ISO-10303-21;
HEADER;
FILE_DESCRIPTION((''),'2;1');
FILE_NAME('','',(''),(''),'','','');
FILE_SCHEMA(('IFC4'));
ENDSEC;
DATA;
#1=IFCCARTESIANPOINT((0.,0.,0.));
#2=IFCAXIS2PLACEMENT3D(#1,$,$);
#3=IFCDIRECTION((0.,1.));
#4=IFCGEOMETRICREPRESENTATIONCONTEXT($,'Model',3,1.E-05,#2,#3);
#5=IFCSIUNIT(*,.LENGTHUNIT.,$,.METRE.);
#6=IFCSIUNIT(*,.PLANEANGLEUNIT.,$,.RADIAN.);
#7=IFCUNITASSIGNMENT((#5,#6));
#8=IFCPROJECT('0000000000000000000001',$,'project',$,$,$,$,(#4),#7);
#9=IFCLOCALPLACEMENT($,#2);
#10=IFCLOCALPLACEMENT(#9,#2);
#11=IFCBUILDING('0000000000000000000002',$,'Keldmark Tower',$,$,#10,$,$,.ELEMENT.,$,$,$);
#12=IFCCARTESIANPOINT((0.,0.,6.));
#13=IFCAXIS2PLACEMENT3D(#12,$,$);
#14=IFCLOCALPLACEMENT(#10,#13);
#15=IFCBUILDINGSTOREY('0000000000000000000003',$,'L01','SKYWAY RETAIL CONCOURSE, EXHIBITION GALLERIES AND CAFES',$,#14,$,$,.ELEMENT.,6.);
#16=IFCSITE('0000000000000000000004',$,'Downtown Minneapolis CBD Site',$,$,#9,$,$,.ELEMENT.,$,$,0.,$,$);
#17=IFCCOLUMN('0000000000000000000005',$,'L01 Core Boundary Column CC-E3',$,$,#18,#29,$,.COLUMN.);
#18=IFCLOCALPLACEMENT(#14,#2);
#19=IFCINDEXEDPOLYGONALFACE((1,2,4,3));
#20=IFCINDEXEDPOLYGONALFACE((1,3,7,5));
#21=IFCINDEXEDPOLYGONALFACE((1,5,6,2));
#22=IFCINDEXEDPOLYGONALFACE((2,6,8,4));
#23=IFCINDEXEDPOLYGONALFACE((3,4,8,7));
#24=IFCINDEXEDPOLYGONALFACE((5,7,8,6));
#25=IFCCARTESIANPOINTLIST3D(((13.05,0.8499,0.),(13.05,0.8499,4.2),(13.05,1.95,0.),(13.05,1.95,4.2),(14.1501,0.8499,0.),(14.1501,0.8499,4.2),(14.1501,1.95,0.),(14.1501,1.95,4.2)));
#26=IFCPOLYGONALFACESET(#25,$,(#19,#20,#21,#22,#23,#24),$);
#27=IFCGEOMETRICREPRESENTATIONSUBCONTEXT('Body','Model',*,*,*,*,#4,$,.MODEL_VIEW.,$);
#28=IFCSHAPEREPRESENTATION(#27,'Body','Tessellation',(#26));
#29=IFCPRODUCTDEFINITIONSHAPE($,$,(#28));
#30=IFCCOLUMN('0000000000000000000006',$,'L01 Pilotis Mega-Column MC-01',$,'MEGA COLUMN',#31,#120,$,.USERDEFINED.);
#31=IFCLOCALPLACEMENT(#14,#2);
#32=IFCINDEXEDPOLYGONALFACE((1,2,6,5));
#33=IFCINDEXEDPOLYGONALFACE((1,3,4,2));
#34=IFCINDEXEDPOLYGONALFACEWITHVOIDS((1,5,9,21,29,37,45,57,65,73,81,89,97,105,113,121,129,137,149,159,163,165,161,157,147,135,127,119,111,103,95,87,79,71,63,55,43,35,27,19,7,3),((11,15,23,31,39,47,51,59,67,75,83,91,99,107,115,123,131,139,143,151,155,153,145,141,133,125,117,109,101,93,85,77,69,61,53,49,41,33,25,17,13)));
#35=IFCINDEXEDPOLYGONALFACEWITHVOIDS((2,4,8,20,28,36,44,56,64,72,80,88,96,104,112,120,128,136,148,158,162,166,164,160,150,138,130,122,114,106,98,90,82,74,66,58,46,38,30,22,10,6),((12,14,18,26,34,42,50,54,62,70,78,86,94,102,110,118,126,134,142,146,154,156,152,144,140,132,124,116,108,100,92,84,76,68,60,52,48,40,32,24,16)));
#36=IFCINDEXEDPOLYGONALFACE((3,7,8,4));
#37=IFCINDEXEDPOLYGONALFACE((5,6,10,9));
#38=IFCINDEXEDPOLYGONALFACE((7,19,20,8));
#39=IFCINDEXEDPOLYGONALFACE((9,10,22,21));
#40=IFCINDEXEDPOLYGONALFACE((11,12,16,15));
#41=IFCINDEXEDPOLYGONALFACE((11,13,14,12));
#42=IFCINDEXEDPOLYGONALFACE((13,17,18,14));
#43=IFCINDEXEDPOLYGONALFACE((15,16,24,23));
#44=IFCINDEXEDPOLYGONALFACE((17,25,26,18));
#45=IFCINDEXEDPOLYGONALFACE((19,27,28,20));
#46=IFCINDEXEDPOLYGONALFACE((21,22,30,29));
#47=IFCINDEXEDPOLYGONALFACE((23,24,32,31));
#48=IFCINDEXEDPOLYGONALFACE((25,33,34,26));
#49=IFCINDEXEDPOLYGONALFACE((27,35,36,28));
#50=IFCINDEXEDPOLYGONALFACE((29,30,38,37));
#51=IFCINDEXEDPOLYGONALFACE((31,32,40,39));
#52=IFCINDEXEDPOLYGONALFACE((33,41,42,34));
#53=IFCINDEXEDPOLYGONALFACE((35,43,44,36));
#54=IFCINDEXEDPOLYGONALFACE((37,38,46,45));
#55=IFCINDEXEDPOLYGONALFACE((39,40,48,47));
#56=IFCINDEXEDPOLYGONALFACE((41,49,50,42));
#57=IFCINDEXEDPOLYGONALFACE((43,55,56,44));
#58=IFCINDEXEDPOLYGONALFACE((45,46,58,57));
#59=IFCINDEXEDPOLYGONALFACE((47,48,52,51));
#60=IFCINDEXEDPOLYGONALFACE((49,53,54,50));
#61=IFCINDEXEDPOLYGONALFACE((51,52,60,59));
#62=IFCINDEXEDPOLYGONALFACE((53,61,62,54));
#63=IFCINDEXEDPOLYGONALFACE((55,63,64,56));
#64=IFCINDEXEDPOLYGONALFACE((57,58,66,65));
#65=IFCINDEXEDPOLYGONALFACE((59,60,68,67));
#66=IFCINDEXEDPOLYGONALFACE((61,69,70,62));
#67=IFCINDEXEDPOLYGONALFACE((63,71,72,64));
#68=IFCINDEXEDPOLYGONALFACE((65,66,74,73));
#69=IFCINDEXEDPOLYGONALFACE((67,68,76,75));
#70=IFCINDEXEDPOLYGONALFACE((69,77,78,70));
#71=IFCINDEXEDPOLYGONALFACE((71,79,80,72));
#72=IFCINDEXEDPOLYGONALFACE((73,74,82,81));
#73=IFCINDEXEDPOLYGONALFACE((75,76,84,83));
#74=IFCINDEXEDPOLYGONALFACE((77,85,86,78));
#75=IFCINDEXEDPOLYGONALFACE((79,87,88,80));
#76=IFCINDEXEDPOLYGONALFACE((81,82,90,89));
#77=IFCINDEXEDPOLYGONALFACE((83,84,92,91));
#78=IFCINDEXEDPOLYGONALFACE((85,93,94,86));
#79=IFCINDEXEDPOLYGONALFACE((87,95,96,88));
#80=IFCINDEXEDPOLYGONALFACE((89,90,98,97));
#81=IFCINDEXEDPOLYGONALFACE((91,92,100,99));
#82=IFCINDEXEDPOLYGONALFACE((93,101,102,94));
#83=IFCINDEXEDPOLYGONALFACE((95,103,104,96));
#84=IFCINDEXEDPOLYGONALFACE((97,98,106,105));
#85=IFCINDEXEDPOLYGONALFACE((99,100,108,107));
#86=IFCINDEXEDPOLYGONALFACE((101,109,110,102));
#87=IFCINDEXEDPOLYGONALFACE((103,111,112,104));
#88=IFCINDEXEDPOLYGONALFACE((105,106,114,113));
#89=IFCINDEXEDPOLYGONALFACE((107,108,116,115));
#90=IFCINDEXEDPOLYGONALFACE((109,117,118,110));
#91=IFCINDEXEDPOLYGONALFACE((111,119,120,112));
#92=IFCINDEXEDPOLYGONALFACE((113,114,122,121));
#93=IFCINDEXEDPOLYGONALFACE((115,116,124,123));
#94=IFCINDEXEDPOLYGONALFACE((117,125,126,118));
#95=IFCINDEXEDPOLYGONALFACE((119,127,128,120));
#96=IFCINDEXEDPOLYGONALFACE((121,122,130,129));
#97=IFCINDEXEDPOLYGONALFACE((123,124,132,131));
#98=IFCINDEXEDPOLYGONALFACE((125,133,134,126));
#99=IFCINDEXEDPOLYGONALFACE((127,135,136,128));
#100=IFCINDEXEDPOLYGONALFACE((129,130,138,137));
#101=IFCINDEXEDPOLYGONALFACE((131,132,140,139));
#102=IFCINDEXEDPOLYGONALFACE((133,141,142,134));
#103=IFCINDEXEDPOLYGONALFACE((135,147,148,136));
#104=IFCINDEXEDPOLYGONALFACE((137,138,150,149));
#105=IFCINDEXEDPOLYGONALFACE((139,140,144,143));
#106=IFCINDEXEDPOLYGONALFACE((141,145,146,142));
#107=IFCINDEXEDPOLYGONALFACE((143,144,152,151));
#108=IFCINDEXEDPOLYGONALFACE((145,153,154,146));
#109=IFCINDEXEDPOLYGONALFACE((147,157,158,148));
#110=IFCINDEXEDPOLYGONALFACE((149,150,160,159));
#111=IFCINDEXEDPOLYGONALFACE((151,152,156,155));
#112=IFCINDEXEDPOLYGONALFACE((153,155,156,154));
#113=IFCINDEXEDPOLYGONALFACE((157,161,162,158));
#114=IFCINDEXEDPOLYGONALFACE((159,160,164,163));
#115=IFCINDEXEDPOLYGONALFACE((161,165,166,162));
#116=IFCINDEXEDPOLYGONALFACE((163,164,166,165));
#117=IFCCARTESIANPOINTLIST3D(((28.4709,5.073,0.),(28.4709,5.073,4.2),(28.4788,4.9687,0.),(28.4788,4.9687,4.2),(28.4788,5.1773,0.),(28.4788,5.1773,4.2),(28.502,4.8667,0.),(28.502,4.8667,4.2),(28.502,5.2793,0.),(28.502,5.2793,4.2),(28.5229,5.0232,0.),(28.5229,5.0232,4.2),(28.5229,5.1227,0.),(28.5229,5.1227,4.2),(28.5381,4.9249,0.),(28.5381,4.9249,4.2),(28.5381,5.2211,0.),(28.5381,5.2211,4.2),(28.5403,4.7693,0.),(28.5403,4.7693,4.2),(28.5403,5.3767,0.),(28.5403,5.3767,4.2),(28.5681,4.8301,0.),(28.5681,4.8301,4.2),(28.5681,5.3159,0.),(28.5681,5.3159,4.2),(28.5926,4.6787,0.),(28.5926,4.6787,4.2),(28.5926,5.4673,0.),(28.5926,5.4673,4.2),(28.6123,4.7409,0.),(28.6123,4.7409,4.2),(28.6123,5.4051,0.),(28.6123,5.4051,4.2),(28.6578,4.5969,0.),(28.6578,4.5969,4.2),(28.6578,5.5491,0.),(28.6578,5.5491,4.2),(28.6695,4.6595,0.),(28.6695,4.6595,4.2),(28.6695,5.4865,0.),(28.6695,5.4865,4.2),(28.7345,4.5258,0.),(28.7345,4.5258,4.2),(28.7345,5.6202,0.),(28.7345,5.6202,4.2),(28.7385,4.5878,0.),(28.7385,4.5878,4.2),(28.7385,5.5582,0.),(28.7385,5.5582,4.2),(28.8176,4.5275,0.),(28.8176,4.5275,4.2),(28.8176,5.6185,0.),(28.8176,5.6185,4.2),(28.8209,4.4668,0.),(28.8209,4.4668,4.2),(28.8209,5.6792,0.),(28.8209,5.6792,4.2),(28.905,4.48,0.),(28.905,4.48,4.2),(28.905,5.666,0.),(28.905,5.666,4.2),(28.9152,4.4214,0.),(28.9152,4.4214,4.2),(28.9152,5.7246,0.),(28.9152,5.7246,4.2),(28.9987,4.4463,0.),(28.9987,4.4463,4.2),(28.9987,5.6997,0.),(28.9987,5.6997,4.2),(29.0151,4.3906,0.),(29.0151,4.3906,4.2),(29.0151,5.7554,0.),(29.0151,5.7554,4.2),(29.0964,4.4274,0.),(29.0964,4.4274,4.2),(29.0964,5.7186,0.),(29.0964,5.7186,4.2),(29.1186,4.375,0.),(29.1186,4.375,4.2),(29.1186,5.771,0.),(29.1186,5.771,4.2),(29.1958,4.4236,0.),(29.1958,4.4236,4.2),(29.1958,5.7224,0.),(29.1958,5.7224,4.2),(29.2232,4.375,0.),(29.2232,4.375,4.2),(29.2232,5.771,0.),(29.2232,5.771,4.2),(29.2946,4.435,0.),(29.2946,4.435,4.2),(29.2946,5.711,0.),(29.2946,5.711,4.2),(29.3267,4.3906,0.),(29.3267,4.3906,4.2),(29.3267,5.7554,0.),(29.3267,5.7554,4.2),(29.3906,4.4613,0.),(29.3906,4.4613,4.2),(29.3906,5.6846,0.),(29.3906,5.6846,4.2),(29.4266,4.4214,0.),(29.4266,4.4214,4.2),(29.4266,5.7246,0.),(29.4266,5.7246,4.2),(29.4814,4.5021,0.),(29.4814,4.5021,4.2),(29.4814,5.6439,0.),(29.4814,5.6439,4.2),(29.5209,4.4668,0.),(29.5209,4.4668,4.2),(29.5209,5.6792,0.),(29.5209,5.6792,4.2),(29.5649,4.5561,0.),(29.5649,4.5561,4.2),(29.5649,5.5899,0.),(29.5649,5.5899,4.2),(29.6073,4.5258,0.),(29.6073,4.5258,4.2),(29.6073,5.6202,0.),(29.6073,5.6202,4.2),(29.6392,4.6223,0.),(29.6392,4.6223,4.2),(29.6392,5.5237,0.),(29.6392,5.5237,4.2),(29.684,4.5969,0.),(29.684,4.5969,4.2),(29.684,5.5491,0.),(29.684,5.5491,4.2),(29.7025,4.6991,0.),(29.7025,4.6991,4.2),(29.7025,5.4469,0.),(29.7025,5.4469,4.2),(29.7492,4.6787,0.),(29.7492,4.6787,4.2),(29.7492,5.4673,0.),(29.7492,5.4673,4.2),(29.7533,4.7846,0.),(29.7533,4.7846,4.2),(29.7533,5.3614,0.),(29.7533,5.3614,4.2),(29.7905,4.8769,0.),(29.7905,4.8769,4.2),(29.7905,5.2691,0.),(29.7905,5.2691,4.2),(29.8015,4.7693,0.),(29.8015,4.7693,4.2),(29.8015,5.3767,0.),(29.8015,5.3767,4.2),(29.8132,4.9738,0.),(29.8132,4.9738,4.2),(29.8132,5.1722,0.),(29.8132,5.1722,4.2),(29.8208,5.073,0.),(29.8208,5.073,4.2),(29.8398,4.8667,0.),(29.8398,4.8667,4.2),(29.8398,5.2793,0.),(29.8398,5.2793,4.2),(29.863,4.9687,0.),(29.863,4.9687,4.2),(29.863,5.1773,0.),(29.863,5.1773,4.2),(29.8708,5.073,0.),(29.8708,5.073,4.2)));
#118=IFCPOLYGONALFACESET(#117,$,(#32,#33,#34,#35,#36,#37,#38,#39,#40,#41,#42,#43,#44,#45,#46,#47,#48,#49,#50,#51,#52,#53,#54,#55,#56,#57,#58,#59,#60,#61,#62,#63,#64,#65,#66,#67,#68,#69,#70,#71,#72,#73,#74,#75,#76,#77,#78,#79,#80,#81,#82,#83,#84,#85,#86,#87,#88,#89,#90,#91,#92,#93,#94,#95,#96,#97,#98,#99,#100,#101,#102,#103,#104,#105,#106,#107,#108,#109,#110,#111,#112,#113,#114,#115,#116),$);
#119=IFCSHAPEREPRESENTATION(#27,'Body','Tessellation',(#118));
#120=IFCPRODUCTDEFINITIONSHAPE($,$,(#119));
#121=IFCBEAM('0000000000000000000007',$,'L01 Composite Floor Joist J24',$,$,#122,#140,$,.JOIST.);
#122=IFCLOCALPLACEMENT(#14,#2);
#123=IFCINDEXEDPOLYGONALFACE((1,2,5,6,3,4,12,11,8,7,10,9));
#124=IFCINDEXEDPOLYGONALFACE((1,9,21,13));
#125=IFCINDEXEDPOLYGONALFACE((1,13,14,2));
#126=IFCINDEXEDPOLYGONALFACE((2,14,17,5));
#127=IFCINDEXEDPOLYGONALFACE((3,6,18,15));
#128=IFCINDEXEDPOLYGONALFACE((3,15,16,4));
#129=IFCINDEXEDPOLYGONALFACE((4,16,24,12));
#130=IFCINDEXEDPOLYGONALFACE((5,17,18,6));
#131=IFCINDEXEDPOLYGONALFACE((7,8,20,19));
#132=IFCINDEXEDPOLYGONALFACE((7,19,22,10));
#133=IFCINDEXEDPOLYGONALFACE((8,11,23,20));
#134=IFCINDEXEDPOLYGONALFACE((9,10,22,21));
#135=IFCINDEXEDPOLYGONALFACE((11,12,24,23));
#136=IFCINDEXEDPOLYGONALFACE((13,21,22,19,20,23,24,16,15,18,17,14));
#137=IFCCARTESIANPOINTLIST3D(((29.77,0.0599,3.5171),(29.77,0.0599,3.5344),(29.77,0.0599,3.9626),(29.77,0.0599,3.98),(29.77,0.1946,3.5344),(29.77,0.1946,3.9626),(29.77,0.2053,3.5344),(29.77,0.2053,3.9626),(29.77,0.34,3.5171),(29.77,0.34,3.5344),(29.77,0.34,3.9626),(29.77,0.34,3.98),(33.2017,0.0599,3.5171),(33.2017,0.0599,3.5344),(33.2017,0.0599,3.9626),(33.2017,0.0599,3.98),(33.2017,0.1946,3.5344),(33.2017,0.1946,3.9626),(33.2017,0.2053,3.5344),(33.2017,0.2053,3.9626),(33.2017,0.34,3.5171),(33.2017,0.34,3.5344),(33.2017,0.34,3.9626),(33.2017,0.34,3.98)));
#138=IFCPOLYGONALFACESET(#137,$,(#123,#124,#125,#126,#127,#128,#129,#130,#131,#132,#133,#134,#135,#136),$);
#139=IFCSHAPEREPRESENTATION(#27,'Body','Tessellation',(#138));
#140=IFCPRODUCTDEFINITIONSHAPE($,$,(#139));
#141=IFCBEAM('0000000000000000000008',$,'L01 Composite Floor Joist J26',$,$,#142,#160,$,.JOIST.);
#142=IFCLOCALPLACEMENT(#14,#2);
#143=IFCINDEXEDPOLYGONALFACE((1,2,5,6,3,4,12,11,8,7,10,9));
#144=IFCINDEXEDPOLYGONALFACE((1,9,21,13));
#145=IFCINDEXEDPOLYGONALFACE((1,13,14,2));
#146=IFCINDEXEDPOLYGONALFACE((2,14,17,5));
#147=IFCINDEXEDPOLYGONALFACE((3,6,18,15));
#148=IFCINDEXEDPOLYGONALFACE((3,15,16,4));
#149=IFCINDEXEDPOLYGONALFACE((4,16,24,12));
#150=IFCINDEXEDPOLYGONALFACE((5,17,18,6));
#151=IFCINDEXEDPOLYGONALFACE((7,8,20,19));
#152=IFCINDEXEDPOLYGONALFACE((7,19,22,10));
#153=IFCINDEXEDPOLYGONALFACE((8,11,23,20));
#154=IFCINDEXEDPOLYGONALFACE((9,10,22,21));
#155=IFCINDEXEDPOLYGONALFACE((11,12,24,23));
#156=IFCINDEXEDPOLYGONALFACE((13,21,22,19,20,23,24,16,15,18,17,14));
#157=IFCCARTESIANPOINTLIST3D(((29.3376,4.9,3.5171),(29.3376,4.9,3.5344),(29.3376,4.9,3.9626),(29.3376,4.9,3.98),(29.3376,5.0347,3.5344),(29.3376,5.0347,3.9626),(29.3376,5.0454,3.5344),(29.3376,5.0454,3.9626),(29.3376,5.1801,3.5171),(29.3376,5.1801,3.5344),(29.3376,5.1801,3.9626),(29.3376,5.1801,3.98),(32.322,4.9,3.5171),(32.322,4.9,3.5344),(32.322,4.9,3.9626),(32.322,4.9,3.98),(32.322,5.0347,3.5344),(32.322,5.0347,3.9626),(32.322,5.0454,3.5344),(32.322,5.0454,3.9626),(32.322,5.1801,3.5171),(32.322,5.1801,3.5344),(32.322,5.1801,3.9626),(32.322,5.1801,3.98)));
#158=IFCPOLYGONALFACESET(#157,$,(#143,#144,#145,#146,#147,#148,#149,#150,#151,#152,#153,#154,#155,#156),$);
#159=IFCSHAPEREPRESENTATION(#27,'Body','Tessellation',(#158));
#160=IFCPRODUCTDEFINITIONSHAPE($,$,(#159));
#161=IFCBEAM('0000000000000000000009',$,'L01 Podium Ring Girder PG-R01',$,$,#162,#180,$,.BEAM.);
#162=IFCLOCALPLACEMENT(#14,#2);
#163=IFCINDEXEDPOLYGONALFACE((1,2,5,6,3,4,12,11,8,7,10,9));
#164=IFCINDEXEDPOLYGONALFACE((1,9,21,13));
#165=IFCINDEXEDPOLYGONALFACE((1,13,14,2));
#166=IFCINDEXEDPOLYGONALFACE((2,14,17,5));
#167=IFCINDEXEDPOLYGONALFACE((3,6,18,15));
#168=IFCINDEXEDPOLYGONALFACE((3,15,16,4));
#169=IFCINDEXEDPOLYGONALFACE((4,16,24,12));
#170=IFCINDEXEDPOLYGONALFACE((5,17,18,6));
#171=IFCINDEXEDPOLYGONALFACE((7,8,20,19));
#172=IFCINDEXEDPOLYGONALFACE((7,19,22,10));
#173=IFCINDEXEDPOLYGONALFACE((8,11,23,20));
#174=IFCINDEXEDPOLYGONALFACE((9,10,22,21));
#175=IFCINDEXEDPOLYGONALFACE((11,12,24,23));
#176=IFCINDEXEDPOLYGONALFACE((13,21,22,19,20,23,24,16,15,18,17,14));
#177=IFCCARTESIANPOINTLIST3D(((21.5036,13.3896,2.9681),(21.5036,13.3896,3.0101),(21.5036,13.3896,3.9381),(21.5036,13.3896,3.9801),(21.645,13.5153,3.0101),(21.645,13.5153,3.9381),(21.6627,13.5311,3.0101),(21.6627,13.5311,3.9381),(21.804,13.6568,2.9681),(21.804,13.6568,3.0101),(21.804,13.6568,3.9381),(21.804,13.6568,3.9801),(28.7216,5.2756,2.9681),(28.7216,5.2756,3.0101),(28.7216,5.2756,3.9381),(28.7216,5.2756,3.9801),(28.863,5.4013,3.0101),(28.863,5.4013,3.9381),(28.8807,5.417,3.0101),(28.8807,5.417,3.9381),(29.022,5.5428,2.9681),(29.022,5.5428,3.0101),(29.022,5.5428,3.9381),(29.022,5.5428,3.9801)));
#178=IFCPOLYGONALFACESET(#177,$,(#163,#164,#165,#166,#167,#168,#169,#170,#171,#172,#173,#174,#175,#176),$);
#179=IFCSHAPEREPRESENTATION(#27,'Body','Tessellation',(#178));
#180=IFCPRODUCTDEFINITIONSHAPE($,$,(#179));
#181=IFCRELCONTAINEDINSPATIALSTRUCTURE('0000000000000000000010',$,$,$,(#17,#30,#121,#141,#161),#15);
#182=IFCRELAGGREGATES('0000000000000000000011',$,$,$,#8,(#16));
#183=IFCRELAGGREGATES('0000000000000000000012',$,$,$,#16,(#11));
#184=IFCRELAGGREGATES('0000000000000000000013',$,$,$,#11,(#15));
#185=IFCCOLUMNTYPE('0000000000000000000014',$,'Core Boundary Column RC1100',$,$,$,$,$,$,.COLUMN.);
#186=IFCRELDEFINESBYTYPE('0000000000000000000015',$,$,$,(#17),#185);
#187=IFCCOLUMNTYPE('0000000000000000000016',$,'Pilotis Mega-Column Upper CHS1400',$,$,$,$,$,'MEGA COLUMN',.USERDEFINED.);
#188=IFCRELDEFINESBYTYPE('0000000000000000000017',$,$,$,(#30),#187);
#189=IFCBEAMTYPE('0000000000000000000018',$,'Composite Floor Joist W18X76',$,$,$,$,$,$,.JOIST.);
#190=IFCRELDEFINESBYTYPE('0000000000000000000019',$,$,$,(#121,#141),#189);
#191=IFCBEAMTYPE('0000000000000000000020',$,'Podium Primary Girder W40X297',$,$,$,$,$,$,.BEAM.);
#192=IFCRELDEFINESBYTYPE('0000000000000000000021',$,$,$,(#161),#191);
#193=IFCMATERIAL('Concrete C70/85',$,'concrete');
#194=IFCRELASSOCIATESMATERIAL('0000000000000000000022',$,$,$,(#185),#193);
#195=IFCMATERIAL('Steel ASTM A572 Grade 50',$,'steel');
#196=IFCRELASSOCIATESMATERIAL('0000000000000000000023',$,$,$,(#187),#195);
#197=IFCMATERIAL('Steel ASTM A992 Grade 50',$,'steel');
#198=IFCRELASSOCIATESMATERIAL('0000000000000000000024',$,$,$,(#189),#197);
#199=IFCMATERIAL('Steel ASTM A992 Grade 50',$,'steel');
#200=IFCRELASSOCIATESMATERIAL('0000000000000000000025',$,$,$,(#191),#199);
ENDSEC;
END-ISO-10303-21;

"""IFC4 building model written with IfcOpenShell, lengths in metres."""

from ifc_helpers import new_model, si_unit, direction, frame, origin, origin_2d, place, context, subcontext, project, spatial, rectangle, hollow_circle, i_section, extrude, material, material_profile, profile_set, type_object, element, save


model = new_model("IFC4")

# Units and contexts
model_context = context("Model", 3, precision=1e-05, world=origin(), true_north=direction((0.0, 1.0)))
body_context = subcontext(model_context, "Body", "Model", "MODEL_VIEW")
ifc_project = project(units=[si_unit("LENGTHUNIT", "METRE"), si_unit("PLANEANGLEUNIT", "RADIAN")], contexts=[model_context])

# Site, building, storey
site_placement = place(None, origin())
site = spatial("IfcSite", under=ifc_project, at=site_placement, Name="Downtown Minneapolis CBD Site", CompositionType="ELEMENT", RefElevation=0.0)
building_placement = place(site_placement, origin())
building = spatial("IfcBuilding", under=site, at=building_placement, Name="Keldmark Tower", CompositionType="ELEMENT")
storey_placement = place(building_placement, frame((0.0, 0.0, 6.0)))
storey = spatial("IfcBuildingStorey", under=building, at=storey_placement, Name="L01", Description="SKYWAY RETAIL CONCOURSE, EXHIBITION GALLERIES AND CAFES", CompositionType="ELEMENT", Elevation=6.0)

# Columns
ifc_material_1 = material(Name="Concrete C70/85", Category="concrete")
ifc_material_profile_1 = material_profile(ifc_material_1, rectangle(XDim=1.1001, YDim=1.1001, at=origin_2d()), Name="RC1100X1100")
ifc_profile_set_1 = profile_set([ifc_material_profile_1], Name="Concrete C70/85")
column_type_1 = type_object("IfcColumnType", Name="Core Boundary Column RC1100", PredefinedType="COLUMN", material=ifc_profile_set_1)
column_1_placement = place(storey_placement, frame((13.6001, 1.3999, 0.0), z_axis=(0.0, 0.0, 1.0), x_axis=(1.0, 0.0, 0.0)))
element("IfcColumn", 1, at=column_1_placement, inside=storey, type_object=column_type_1, Name="L01 Core Boundary Column CC-E3", PredefinedType="COLUMN", context=body_context, shape_type="SweptSolid", body=[
    extrude(rectangle(XDim=1.1001, YDim=1.1001, at=origin_2d()), origin(), (0.0, 0.0, 1.0), 4.2),
])
ifc_material_2 = material(Name="Steel ASTM A572 Grade 50", Category="steel")
ifc_material_profile_2 = material_profile(ifc_material_2, hollow_circle(Radius=0.7, WallThickness=0.05, at=origin_2d()), Name="CHS1400X50")
ifc_profile_set_2 = profile_set([ifc_material_profile_2], Name="Steel ASTM A572 Grade 50")
column_type_2 = type_object("IfcColumnType", Name="Pilotis Mega-Column Upper CHS1400", ElementType="MEGA COLUMN", PredefinedType="USERDEFINED", material=ifc_profile_set_2)
column_2_placement = place(storey_placement, frame((29.1709, 5.073, 0.0), z_axis=(0.0, 0.0, 1.0), x_axis=(1.0, 0.0, 0.0)))
element("IfcColumn", 2, at=column_2_placement, inside=storey, type_object=column_type_2, Name="L01 Pilotis Mega-Column MC-01", ObjectType="MEGA COLUMN", PredefinedType="USERDEFINED", context=body_context, shape_type="SweptSolid", body=[
    extrude(hollow_circle(Radius=0.7, WallThickness=0.05, at=origin_2d()), origin(), (0.0, 0.0, 1.0), 4.2),
])

# Beams
ifc_material_3 = material(Name="Steel ASTM A992 Grade 50", Category="steel")
ifc_material_profile_3 = material_profile(ifc_material_3, i_section(OverallWidth=0.28, OverallDepth=0.4629, WebThickness=0.0107, FlangeThickness=0.0173, at=origin_2d()), Name="W18X76")
ifc_profile_set_3 = profile_set([ifc_material_profile_3], Name="Steel ASTM A992 Grade 50")
beam_type_1 = type_object("IfcBeamType", Name="Composite Floor Joist W18X76", PredefinedType="JOIST", material=ifc_profile_set_3)
beam_1_placement = place(storey_placement, frame((29.77, 0.2, 3.7485), z_axis=(1.0, 0.0, 0.0), x_axis=(0.0, 1.0, 0.0)))
element("IfcBeam", 3, at=beam_1_placement, inside=storey, type_object=beam_type_1, Name="L01 Composite Floor Joist J24", PredefinedType="JOIST", context=body_context, shape_type="SweptSolid", body=[
    extrude(i_section(OverallWidth=0.28, OverallDepth=0.4629, WebThickness=0.0107, FlangeThickness=0.0173, at=origin_2d()), origin(), (0.0, 0.0, 1.0), 3.4316),
])
beam_2_placement = place(storey_placement, frame((29.3376, 5.04, 3.7485), z_axis=(1.0, 0.0, 0.0), x_axis=(0.0, 1.0, 0.0)))
element("IfcBeam", 4, at=beam_2_placement, inside=storey, type_object=beam_type_1, Name="L01 Composite Floor Joist J26", PredefinedType="JOIST", context=body_context, shape_type="SweptSolid", body=[
    extrude(i_section(OverallWidth=0.28, OverallDepth=0.4629, WebThickness=0.0107, FlangeThickness=0.0173, at=origin_2d()), origin(), (0.0, 0.0, 1.0), 2.9844),
])
ifc_material_4 = material(Name="Steel ASTM A992 Grade 50", Category="steel")
ifc_material_profile_4 = material_profile(ifc_material_4, i_section(OverallWidth=0.4021, OverallDepth=1.012, WebThickness=0.0237, FlangeThickness=0.042, at=origin_2d()), Name="W40X297")
ifc_profile_set_4 = profile_set([ifc_material_profile_4], Name="Steel ASTM A992 Grade 50")
beam_type_2 = type_object("IfcBeamType", Name="Podium Primary Girder W40X297", PredefinedType="BEAM", material=ifc_profile_set_4)
beam_3_placement = place(storey_placement, frame((28.8718, 5.4092, 3.4741), z_axis=(-0.66465, 0.747155, 0.0), x_axis=(-0.747155, -0.66465, 0.0)))
element("IfcBeam", 5, at=beam_3_placement, inside=storey, type_object=beam_type_2, Name="L01 Podium Ring Girder PG-R01", PredefinedType="BEAM", context=body_context, shape_type="SweptSolid", body=[
    extrude(i_section(OverallWidth=0.4021, OverallDepth=1.012, WebThickness=0.0237, FlangeThickness=0.042, at=origin_2d()), origin(), (0.0, 0.0, 1.0), 10.8599),
])

save(model, "model.ifc")
